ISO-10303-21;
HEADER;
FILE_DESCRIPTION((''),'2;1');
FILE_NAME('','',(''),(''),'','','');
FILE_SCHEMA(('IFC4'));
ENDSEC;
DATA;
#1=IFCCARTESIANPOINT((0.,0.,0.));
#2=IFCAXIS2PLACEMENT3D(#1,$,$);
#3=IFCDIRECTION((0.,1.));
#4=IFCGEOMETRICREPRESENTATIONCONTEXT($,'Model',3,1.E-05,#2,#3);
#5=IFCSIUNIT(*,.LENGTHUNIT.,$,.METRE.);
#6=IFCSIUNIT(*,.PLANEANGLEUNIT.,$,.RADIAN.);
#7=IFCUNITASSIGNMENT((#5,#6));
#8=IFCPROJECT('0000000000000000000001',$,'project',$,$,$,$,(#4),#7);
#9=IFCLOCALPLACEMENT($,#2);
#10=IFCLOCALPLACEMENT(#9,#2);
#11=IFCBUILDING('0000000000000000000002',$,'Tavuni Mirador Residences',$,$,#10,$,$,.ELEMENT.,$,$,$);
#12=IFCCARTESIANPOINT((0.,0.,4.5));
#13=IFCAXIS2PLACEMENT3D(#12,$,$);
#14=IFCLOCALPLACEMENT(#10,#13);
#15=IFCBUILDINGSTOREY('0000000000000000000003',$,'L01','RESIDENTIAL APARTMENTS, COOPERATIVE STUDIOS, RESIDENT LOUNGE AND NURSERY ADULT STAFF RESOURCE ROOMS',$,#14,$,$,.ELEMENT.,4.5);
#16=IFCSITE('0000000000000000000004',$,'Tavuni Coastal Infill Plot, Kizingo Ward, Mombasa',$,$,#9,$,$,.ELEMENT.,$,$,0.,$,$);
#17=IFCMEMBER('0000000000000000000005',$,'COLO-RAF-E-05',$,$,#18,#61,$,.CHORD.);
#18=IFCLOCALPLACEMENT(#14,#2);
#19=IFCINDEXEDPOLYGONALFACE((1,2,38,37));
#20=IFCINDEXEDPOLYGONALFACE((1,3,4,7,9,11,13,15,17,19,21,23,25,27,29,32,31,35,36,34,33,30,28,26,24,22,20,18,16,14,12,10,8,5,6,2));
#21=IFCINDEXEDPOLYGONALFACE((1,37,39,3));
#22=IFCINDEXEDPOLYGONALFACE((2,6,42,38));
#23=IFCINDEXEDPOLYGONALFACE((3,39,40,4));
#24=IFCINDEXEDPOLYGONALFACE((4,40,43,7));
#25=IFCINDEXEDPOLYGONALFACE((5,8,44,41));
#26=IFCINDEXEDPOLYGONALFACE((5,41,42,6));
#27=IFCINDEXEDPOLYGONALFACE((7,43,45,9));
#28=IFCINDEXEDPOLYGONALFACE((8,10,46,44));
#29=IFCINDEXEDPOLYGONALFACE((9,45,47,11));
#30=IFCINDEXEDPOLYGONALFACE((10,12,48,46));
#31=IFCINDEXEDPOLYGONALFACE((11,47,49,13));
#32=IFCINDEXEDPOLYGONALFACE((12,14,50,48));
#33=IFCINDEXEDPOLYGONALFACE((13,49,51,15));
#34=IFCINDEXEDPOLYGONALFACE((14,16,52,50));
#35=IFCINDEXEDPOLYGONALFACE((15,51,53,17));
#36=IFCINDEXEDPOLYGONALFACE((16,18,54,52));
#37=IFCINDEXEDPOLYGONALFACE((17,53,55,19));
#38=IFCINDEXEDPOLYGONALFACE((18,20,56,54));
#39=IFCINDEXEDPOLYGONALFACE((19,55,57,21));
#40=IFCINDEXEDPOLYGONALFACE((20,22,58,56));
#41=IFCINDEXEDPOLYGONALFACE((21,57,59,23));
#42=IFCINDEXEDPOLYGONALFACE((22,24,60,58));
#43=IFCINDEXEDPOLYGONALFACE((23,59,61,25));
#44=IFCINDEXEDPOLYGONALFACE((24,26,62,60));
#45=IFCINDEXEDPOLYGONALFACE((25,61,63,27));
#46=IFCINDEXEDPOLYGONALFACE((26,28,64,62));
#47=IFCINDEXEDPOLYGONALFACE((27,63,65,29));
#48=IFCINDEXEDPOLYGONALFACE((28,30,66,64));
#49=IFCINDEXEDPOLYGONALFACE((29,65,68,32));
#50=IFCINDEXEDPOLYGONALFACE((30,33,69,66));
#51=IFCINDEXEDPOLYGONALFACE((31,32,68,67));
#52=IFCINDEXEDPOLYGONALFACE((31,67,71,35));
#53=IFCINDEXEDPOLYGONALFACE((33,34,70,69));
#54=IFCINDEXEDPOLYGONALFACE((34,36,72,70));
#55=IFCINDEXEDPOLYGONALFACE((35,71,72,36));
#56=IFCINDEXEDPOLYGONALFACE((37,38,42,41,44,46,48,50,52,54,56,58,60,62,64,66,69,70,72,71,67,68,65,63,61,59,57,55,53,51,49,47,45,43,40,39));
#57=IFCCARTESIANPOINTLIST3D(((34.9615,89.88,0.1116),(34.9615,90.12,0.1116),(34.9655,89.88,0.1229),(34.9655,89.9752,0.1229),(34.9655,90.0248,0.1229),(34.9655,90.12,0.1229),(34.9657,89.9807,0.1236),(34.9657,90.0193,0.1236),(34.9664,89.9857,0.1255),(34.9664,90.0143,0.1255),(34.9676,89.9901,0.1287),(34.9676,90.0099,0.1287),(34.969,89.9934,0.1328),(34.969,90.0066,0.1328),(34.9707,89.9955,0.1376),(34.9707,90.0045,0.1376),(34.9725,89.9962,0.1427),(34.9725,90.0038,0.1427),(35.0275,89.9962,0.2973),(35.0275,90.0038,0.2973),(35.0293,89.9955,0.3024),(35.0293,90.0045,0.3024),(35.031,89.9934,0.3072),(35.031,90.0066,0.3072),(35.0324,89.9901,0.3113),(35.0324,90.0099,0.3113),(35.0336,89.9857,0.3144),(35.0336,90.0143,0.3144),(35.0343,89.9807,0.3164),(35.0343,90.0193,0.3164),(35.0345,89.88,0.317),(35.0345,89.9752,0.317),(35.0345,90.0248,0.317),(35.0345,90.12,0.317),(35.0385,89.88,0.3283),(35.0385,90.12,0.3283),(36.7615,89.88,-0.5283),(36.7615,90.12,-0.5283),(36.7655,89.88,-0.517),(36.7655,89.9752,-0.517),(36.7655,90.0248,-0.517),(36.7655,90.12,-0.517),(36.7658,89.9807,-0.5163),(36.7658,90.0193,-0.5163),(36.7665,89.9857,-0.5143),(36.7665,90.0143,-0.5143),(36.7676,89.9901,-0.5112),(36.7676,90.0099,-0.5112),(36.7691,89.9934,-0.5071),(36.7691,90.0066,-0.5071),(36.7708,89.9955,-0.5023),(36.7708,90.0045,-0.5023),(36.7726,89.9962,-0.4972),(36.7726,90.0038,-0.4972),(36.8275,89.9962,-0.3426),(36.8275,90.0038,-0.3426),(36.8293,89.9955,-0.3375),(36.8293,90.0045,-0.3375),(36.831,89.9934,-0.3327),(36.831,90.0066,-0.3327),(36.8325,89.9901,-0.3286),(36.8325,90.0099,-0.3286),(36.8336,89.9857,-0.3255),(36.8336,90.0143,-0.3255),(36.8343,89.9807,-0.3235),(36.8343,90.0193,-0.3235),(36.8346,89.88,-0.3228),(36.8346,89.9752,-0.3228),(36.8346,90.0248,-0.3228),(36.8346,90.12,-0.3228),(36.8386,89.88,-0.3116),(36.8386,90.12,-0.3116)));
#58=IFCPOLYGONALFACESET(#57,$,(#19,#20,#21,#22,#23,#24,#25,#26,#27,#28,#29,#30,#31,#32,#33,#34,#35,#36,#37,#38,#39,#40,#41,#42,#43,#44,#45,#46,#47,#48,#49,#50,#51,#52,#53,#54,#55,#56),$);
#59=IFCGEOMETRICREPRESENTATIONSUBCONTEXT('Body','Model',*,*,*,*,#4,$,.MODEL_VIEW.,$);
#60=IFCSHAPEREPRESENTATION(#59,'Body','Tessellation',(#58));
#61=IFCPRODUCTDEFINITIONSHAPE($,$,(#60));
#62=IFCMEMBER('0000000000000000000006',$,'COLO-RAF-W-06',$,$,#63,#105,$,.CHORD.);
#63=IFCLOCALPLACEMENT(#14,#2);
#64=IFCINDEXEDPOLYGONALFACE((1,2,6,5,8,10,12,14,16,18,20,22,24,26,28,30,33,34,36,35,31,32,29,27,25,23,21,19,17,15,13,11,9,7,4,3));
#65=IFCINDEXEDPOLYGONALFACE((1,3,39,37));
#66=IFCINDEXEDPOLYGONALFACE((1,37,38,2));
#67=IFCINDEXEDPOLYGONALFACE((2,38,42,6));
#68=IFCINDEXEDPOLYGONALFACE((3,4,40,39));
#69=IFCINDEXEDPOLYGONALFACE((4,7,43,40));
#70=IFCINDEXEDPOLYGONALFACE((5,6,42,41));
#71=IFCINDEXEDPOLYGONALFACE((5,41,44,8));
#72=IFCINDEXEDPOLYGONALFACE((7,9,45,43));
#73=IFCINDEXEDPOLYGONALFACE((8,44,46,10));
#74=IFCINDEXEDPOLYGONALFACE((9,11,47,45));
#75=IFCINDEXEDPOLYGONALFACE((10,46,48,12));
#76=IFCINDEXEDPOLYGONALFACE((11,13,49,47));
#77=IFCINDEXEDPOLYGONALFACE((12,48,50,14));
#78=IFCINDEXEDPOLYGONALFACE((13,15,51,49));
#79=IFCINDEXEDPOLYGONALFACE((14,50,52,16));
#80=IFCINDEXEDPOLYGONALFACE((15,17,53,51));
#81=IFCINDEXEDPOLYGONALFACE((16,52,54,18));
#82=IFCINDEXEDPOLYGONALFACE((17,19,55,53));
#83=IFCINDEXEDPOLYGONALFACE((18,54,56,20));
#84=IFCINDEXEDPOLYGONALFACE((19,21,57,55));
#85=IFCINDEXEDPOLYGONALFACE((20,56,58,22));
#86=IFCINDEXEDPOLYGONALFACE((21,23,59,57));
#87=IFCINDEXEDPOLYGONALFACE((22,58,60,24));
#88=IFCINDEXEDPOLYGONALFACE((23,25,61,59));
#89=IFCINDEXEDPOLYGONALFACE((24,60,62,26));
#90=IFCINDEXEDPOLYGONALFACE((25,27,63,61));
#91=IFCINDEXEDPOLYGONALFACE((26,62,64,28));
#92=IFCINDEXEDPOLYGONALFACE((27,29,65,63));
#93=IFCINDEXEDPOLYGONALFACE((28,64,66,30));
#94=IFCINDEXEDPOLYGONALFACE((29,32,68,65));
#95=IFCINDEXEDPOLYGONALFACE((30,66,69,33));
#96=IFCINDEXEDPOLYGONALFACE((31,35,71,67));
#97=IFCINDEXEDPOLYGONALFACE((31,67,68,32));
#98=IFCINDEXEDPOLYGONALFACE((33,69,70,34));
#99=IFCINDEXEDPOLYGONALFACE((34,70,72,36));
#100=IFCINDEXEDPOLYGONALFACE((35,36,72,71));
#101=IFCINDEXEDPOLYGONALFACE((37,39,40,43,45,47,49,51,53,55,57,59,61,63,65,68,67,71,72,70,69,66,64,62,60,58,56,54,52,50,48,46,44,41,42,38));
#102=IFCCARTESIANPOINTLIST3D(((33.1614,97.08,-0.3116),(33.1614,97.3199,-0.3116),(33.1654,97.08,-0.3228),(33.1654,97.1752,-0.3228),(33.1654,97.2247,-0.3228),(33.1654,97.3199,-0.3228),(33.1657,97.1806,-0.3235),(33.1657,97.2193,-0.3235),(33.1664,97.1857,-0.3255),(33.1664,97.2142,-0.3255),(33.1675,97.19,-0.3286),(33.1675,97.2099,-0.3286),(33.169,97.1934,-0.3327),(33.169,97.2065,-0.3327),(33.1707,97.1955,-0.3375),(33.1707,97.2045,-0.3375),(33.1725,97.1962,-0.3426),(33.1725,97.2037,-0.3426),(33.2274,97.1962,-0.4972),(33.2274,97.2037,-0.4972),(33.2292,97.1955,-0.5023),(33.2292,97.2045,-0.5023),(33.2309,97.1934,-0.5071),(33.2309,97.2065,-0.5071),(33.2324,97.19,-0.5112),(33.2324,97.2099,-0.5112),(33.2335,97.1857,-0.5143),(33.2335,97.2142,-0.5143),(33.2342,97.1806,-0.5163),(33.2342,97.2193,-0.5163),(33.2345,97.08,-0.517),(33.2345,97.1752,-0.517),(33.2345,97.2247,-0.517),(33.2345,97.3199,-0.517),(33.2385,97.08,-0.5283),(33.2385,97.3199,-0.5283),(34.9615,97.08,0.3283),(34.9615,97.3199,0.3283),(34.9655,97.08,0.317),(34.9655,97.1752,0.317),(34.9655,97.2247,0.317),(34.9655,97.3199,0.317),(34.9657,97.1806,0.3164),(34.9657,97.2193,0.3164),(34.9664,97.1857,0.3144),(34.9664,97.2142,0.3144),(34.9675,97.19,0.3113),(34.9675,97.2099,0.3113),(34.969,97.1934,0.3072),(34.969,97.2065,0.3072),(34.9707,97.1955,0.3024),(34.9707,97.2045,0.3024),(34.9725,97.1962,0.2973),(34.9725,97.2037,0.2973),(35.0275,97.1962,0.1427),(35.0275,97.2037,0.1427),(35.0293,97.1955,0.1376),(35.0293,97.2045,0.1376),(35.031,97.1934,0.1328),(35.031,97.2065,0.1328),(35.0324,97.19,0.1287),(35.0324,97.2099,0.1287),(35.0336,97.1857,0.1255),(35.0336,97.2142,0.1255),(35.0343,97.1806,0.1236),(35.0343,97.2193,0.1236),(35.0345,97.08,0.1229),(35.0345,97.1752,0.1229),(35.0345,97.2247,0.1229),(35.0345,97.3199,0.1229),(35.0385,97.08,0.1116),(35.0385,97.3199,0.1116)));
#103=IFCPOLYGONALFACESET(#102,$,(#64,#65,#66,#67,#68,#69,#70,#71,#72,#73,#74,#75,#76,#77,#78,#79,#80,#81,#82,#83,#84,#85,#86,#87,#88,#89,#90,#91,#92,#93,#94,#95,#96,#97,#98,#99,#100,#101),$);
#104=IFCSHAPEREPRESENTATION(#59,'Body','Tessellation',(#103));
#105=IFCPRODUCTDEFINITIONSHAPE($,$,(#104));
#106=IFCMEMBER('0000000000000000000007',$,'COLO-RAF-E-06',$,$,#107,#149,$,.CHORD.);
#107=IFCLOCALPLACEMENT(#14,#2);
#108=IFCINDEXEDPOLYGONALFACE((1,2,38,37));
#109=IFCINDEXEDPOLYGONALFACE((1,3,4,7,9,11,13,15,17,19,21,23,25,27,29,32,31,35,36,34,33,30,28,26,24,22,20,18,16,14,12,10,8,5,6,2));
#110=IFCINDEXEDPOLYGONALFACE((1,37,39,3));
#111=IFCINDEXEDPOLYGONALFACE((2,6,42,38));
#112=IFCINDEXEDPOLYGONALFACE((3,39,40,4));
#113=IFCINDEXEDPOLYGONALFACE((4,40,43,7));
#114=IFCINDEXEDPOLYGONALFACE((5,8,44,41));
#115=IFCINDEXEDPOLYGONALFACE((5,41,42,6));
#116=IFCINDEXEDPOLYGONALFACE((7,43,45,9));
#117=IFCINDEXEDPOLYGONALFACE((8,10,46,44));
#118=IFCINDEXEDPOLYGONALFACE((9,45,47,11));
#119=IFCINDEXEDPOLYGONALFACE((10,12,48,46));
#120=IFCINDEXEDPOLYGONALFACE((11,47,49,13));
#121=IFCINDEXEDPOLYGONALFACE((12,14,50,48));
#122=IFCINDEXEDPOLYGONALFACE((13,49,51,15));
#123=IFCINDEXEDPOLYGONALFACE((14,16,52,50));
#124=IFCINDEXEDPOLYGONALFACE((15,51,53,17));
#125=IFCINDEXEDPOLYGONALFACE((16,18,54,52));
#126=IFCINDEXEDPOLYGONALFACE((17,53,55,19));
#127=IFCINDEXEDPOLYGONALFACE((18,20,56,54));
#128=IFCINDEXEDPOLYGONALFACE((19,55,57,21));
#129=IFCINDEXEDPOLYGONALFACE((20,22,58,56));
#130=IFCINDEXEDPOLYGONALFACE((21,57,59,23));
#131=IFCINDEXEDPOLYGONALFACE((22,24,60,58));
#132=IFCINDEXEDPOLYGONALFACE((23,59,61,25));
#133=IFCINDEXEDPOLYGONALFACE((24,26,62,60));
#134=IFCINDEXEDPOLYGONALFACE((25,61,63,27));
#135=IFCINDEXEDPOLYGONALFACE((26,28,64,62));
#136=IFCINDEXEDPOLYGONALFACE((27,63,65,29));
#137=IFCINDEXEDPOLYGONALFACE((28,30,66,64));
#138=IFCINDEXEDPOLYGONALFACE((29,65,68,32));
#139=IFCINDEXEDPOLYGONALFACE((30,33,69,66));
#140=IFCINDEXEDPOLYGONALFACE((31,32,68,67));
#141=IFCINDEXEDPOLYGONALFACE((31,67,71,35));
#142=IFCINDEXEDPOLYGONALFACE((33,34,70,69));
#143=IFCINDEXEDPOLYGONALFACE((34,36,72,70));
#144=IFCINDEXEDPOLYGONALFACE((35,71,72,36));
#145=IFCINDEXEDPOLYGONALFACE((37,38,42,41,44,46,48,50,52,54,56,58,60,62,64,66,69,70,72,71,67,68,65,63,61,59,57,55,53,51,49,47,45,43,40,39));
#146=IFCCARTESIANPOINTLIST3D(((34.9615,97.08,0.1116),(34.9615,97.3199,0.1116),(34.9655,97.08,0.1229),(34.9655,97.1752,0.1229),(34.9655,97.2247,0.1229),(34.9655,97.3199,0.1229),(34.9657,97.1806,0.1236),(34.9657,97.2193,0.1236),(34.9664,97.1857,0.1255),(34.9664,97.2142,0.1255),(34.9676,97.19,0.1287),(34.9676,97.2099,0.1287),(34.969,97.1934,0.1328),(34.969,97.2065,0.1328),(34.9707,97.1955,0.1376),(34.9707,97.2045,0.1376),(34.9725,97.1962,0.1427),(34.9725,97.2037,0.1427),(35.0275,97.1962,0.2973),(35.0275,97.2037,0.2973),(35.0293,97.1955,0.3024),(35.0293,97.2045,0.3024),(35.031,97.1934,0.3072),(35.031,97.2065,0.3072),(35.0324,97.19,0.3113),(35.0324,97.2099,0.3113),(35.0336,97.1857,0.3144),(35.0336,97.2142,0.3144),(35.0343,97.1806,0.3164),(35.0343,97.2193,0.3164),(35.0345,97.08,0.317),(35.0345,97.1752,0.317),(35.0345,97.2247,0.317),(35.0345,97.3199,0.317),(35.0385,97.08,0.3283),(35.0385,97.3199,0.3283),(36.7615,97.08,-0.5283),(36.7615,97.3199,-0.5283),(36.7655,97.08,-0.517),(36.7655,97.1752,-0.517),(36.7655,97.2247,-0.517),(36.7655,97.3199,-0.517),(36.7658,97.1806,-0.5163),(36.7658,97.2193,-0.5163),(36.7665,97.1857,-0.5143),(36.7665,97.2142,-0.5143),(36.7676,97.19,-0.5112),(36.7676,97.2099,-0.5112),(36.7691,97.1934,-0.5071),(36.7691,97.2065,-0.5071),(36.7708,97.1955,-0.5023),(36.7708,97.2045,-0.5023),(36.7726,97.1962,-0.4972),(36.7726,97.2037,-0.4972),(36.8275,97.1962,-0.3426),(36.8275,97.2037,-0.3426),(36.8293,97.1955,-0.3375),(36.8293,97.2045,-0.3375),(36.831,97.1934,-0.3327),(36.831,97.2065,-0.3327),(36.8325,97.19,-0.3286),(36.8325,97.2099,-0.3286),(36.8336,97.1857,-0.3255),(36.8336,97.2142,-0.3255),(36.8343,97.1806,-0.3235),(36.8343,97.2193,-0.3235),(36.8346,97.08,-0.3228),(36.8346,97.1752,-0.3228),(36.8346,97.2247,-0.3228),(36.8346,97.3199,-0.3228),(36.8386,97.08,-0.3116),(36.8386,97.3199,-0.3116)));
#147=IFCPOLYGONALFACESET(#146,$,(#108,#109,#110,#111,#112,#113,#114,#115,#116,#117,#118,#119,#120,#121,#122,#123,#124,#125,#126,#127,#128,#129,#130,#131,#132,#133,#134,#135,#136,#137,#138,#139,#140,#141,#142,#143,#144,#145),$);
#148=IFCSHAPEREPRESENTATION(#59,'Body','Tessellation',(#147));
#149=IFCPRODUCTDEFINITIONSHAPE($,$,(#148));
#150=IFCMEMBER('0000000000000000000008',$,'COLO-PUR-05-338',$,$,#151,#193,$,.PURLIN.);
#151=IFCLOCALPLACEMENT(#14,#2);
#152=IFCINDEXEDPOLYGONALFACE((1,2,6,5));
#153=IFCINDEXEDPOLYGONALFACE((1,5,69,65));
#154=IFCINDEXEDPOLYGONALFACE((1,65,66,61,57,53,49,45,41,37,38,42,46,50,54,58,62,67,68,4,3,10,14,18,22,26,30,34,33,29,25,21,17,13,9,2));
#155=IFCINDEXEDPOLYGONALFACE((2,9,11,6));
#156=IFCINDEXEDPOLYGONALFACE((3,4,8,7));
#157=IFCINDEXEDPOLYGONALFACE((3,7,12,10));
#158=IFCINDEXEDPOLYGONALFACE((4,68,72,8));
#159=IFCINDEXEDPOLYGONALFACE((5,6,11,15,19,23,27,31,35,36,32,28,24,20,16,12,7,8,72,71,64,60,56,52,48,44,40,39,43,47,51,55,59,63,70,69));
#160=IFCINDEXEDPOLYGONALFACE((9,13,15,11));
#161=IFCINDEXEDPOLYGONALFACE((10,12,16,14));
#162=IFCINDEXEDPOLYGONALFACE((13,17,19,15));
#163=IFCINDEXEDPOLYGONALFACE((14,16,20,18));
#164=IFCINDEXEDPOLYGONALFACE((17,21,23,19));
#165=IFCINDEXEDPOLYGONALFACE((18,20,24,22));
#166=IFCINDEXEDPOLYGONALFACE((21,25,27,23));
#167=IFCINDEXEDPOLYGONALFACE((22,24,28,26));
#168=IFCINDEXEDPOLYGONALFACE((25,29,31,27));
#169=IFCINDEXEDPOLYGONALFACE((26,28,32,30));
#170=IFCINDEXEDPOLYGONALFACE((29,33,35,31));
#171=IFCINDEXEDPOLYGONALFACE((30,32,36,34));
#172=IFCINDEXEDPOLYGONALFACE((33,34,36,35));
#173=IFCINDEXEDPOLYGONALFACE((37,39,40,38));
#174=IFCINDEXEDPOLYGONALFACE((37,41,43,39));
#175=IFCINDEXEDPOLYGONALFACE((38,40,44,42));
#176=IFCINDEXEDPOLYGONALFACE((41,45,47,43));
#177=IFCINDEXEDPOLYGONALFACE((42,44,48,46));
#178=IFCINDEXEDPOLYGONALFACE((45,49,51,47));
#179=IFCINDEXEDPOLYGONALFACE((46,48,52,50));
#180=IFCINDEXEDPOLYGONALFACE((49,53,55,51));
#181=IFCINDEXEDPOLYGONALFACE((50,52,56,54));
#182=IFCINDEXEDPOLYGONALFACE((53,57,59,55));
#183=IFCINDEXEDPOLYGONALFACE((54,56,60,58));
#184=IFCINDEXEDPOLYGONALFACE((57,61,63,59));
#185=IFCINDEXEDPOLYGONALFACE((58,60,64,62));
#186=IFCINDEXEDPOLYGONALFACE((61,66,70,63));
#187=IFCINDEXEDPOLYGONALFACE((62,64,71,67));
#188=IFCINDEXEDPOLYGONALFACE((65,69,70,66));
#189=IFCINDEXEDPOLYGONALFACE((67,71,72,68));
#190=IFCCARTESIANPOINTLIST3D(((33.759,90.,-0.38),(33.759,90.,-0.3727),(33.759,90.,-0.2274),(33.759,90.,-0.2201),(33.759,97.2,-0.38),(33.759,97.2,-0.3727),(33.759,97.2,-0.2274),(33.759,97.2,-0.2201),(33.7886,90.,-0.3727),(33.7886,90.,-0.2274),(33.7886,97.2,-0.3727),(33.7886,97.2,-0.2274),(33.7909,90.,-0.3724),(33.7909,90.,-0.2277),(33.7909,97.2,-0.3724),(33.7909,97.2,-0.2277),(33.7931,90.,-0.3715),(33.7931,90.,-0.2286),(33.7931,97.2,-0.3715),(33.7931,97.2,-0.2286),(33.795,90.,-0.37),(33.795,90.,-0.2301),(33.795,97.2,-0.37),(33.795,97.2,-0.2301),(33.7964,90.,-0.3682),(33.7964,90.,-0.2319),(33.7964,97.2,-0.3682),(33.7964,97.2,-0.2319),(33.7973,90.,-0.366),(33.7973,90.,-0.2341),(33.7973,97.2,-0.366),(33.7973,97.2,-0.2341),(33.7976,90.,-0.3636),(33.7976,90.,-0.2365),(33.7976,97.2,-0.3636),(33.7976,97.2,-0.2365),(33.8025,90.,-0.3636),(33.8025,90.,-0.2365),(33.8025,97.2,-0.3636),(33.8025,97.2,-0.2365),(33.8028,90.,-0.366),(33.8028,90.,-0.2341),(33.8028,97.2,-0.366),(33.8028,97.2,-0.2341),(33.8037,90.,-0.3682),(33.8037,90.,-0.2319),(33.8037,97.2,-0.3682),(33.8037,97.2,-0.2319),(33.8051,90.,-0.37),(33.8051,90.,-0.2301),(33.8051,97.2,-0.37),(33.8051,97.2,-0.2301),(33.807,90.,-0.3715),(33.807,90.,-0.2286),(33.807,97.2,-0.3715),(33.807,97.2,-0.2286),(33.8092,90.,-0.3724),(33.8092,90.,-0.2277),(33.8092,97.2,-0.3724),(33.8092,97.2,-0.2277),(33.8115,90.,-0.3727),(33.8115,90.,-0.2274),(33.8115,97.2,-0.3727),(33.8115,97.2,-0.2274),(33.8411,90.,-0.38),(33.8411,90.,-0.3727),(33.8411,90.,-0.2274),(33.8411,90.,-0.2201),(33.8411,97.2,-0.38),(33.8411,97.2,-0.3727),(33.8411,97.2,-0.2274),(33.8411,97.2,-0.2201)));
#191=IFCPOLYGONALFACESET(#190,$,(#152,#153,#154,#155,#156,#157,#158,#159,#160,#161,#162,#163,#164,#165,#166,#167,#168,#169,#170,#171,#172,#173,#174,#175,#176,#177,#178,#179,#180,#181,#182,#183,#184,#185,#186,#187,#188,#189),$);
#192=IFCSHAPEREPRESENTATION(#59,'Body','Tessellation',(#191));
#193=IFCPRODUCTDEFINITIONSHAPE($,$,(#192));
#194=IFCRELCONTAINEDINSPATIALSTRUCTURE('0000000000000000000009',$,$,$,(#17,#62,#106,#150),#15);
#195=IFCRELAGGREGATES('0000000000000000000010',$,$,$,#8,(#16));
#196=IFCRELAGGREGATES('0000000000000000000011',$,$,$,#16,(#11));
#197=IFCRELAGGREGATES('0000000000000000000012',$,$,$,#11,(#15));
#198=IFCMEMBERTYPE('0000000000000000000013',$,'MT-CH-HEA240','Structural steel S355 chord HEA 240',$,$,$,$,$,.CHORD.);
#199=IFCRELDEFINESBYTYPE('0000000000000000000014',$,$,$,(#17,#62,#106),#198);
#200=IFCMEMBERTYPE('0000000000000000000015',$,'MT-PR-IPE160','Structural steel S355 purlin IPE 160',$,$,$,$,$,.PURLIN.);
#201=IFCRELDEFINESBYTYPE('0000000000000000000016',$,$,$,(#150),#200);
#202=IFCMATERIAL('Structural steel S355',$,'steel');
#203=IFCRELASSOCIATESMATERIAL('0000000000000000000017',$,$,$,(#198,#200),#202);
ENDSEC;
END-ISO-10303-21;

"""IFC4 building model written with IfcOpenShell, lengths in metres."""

from ifc_helpers import new_model, si_unit, direction, frame, origin, origin_2d, place, context, subcontext, project, spatial, i_section, extrude, material, material_profile, profile_set, type_object, element, save


model = new_model("IFC4")

# Units and contexts
model_context = context("Model", 3, precision=1e-05, world=origin(), true_north=direction((0.0, 1.0)))
body_context = subcontext(model_context, "Body", "Model", "MODEL_VIEW")
ifc_project = project(units=[si_unit("LENGTHUNIT", "METRE"), si_unit("PLANEANGLEUNIT", "RADIAN")], contexts=[model_context])

# Site, building, storey
site_placement = place(None, origin())
site = spatial("IfcSite", under=ifc_project, at=site_placement, Name="Tavuni Coastal Infill Plot, Kizingo Ward, Mombasa", CompositionType="ELEMENT", RefElevation=0.0)
building_placement = place(site_placement, origin())
building = spatial("IfcBuilding", under=site, at=building_placement, Name="Tavuni Mirador Residences", CompositionType="ELEMENT")
storey_placement = place(building_placement, frame((0.0, 0.0, 4.5)))
storey = spatial("IfcBuildingStorey", under=building, at=storey_placement, Name="L01", Description="RESIDENTIAL APARTMENTS, COOPERATIVE STUDIOS, RESIDENT LOUNGE AND NURSERY ADULT STAFF RESOURCE ROOMS", CompositionType="ELEMENT", Elevation=4.5)

# Shared definitions
ifc_material_1 = material(Name="Structural steel S355", Category="steel")

# Members
ifc_material_profile_1 = material_profile(ifc_material_1, i_section(OverallWidth=0.24, OverallDepth=0.23, WebThickness=0.0076, FlangeThickness=0.012, FilletRadius=0.021, at=origin_2d()), Name="HEA 240", Category="steel")
ifc_profile_set_1 = profile_set([ifc_material_profile_1], Name="Structural steel S355")
member_type_1 = type_object("IfcMemberType", Name="MT-CH-HEA240", Description="Structural steel S355 chord HEA 240", PredefinedType="CHORD", material=ifc_profile_set_1)
for number, where, z_axis, x_axis, name in (
    (1, (35.0, 90.0, 0.22), (0.942235, 0.0, -0.334952), (0.0, 1.0, 0.0), "COLO-RAF-E-05"),
    (2, (33.2, 97.2, -0.4199), (0.942235, 0.0, 0.334952), (0.0, 1.0, 0.0), "COLO-RAF-W-06"),
    (3, (35.0, 97.2, 0.22), (0.942235, 0.0, -0.334952), (0.0, 1.0, 0.0), "COLO-RAF-E-06"),
):
    element("IfcMember", number, at=place(storey_placement, frame(where, z_axis=z_axis, x_axis=x_axis)), inside=storey, type_object=member_type_1, Name=name, PredefinedType="CHORD", context=body_context, shape_type="SweptSolid", body=[
        extrude(i_section(OverallWidth=0.24, OverallDepth=0.23, WebThickness=0.0076, FlangeThickness=0.012, FilletRadius=0.021, at=origin_2d()), origin(), (0.0, 0.0, 1.0), 1.9104),
    ])
ifc_material_profile_2 = material_profile(ifc_material_1, i_section(OverallWidth=0.082, OverallDepth=0.1599, WebThickness=0.0049, FlangeThickness=0.0073, FilletRadius=0.009, at=origin_2d()), Name="IPE 160", Category="steel")
ifc_profile_set_2 = profile_set([ifc_material_profile_2], Name="Structural steel S355")
member_type_2 = type_object("IfcMemberType", Name="MT-PR-IPE160", Description="Structural steel S355 purlin IPE 160", PredefinedType="PURLIN", material=ifc_profile_set_2)
for number, where, z_axis, x_axis, name in (
    (4, (33.8, 90.0, -0.3), (0.0, 1.0, 0.0), (-1.0, 0.0, 0.0), "COLO-PUR-05-338"),
):
    element("IfcMember", number, at=place(storey_placement, frame(where, z_axis=z_axis, x_axis=x_axis)), inside=storey, type_object=member_type_2, Name=name, PredefinedType="PURLIN", context=body_context, shape_type="SweptSolid", body=[
        extrude(i_section(OverallWidth=0.082, OverallDepth=0.1599, WebThickness=0.0049, FlangeThickness=0.0073, FilletRadius=0.009, at=origin_2d()), origin(), (0.0, 0.0, 1.0), 7.2),
    ])

save(model, "model.ifc")
